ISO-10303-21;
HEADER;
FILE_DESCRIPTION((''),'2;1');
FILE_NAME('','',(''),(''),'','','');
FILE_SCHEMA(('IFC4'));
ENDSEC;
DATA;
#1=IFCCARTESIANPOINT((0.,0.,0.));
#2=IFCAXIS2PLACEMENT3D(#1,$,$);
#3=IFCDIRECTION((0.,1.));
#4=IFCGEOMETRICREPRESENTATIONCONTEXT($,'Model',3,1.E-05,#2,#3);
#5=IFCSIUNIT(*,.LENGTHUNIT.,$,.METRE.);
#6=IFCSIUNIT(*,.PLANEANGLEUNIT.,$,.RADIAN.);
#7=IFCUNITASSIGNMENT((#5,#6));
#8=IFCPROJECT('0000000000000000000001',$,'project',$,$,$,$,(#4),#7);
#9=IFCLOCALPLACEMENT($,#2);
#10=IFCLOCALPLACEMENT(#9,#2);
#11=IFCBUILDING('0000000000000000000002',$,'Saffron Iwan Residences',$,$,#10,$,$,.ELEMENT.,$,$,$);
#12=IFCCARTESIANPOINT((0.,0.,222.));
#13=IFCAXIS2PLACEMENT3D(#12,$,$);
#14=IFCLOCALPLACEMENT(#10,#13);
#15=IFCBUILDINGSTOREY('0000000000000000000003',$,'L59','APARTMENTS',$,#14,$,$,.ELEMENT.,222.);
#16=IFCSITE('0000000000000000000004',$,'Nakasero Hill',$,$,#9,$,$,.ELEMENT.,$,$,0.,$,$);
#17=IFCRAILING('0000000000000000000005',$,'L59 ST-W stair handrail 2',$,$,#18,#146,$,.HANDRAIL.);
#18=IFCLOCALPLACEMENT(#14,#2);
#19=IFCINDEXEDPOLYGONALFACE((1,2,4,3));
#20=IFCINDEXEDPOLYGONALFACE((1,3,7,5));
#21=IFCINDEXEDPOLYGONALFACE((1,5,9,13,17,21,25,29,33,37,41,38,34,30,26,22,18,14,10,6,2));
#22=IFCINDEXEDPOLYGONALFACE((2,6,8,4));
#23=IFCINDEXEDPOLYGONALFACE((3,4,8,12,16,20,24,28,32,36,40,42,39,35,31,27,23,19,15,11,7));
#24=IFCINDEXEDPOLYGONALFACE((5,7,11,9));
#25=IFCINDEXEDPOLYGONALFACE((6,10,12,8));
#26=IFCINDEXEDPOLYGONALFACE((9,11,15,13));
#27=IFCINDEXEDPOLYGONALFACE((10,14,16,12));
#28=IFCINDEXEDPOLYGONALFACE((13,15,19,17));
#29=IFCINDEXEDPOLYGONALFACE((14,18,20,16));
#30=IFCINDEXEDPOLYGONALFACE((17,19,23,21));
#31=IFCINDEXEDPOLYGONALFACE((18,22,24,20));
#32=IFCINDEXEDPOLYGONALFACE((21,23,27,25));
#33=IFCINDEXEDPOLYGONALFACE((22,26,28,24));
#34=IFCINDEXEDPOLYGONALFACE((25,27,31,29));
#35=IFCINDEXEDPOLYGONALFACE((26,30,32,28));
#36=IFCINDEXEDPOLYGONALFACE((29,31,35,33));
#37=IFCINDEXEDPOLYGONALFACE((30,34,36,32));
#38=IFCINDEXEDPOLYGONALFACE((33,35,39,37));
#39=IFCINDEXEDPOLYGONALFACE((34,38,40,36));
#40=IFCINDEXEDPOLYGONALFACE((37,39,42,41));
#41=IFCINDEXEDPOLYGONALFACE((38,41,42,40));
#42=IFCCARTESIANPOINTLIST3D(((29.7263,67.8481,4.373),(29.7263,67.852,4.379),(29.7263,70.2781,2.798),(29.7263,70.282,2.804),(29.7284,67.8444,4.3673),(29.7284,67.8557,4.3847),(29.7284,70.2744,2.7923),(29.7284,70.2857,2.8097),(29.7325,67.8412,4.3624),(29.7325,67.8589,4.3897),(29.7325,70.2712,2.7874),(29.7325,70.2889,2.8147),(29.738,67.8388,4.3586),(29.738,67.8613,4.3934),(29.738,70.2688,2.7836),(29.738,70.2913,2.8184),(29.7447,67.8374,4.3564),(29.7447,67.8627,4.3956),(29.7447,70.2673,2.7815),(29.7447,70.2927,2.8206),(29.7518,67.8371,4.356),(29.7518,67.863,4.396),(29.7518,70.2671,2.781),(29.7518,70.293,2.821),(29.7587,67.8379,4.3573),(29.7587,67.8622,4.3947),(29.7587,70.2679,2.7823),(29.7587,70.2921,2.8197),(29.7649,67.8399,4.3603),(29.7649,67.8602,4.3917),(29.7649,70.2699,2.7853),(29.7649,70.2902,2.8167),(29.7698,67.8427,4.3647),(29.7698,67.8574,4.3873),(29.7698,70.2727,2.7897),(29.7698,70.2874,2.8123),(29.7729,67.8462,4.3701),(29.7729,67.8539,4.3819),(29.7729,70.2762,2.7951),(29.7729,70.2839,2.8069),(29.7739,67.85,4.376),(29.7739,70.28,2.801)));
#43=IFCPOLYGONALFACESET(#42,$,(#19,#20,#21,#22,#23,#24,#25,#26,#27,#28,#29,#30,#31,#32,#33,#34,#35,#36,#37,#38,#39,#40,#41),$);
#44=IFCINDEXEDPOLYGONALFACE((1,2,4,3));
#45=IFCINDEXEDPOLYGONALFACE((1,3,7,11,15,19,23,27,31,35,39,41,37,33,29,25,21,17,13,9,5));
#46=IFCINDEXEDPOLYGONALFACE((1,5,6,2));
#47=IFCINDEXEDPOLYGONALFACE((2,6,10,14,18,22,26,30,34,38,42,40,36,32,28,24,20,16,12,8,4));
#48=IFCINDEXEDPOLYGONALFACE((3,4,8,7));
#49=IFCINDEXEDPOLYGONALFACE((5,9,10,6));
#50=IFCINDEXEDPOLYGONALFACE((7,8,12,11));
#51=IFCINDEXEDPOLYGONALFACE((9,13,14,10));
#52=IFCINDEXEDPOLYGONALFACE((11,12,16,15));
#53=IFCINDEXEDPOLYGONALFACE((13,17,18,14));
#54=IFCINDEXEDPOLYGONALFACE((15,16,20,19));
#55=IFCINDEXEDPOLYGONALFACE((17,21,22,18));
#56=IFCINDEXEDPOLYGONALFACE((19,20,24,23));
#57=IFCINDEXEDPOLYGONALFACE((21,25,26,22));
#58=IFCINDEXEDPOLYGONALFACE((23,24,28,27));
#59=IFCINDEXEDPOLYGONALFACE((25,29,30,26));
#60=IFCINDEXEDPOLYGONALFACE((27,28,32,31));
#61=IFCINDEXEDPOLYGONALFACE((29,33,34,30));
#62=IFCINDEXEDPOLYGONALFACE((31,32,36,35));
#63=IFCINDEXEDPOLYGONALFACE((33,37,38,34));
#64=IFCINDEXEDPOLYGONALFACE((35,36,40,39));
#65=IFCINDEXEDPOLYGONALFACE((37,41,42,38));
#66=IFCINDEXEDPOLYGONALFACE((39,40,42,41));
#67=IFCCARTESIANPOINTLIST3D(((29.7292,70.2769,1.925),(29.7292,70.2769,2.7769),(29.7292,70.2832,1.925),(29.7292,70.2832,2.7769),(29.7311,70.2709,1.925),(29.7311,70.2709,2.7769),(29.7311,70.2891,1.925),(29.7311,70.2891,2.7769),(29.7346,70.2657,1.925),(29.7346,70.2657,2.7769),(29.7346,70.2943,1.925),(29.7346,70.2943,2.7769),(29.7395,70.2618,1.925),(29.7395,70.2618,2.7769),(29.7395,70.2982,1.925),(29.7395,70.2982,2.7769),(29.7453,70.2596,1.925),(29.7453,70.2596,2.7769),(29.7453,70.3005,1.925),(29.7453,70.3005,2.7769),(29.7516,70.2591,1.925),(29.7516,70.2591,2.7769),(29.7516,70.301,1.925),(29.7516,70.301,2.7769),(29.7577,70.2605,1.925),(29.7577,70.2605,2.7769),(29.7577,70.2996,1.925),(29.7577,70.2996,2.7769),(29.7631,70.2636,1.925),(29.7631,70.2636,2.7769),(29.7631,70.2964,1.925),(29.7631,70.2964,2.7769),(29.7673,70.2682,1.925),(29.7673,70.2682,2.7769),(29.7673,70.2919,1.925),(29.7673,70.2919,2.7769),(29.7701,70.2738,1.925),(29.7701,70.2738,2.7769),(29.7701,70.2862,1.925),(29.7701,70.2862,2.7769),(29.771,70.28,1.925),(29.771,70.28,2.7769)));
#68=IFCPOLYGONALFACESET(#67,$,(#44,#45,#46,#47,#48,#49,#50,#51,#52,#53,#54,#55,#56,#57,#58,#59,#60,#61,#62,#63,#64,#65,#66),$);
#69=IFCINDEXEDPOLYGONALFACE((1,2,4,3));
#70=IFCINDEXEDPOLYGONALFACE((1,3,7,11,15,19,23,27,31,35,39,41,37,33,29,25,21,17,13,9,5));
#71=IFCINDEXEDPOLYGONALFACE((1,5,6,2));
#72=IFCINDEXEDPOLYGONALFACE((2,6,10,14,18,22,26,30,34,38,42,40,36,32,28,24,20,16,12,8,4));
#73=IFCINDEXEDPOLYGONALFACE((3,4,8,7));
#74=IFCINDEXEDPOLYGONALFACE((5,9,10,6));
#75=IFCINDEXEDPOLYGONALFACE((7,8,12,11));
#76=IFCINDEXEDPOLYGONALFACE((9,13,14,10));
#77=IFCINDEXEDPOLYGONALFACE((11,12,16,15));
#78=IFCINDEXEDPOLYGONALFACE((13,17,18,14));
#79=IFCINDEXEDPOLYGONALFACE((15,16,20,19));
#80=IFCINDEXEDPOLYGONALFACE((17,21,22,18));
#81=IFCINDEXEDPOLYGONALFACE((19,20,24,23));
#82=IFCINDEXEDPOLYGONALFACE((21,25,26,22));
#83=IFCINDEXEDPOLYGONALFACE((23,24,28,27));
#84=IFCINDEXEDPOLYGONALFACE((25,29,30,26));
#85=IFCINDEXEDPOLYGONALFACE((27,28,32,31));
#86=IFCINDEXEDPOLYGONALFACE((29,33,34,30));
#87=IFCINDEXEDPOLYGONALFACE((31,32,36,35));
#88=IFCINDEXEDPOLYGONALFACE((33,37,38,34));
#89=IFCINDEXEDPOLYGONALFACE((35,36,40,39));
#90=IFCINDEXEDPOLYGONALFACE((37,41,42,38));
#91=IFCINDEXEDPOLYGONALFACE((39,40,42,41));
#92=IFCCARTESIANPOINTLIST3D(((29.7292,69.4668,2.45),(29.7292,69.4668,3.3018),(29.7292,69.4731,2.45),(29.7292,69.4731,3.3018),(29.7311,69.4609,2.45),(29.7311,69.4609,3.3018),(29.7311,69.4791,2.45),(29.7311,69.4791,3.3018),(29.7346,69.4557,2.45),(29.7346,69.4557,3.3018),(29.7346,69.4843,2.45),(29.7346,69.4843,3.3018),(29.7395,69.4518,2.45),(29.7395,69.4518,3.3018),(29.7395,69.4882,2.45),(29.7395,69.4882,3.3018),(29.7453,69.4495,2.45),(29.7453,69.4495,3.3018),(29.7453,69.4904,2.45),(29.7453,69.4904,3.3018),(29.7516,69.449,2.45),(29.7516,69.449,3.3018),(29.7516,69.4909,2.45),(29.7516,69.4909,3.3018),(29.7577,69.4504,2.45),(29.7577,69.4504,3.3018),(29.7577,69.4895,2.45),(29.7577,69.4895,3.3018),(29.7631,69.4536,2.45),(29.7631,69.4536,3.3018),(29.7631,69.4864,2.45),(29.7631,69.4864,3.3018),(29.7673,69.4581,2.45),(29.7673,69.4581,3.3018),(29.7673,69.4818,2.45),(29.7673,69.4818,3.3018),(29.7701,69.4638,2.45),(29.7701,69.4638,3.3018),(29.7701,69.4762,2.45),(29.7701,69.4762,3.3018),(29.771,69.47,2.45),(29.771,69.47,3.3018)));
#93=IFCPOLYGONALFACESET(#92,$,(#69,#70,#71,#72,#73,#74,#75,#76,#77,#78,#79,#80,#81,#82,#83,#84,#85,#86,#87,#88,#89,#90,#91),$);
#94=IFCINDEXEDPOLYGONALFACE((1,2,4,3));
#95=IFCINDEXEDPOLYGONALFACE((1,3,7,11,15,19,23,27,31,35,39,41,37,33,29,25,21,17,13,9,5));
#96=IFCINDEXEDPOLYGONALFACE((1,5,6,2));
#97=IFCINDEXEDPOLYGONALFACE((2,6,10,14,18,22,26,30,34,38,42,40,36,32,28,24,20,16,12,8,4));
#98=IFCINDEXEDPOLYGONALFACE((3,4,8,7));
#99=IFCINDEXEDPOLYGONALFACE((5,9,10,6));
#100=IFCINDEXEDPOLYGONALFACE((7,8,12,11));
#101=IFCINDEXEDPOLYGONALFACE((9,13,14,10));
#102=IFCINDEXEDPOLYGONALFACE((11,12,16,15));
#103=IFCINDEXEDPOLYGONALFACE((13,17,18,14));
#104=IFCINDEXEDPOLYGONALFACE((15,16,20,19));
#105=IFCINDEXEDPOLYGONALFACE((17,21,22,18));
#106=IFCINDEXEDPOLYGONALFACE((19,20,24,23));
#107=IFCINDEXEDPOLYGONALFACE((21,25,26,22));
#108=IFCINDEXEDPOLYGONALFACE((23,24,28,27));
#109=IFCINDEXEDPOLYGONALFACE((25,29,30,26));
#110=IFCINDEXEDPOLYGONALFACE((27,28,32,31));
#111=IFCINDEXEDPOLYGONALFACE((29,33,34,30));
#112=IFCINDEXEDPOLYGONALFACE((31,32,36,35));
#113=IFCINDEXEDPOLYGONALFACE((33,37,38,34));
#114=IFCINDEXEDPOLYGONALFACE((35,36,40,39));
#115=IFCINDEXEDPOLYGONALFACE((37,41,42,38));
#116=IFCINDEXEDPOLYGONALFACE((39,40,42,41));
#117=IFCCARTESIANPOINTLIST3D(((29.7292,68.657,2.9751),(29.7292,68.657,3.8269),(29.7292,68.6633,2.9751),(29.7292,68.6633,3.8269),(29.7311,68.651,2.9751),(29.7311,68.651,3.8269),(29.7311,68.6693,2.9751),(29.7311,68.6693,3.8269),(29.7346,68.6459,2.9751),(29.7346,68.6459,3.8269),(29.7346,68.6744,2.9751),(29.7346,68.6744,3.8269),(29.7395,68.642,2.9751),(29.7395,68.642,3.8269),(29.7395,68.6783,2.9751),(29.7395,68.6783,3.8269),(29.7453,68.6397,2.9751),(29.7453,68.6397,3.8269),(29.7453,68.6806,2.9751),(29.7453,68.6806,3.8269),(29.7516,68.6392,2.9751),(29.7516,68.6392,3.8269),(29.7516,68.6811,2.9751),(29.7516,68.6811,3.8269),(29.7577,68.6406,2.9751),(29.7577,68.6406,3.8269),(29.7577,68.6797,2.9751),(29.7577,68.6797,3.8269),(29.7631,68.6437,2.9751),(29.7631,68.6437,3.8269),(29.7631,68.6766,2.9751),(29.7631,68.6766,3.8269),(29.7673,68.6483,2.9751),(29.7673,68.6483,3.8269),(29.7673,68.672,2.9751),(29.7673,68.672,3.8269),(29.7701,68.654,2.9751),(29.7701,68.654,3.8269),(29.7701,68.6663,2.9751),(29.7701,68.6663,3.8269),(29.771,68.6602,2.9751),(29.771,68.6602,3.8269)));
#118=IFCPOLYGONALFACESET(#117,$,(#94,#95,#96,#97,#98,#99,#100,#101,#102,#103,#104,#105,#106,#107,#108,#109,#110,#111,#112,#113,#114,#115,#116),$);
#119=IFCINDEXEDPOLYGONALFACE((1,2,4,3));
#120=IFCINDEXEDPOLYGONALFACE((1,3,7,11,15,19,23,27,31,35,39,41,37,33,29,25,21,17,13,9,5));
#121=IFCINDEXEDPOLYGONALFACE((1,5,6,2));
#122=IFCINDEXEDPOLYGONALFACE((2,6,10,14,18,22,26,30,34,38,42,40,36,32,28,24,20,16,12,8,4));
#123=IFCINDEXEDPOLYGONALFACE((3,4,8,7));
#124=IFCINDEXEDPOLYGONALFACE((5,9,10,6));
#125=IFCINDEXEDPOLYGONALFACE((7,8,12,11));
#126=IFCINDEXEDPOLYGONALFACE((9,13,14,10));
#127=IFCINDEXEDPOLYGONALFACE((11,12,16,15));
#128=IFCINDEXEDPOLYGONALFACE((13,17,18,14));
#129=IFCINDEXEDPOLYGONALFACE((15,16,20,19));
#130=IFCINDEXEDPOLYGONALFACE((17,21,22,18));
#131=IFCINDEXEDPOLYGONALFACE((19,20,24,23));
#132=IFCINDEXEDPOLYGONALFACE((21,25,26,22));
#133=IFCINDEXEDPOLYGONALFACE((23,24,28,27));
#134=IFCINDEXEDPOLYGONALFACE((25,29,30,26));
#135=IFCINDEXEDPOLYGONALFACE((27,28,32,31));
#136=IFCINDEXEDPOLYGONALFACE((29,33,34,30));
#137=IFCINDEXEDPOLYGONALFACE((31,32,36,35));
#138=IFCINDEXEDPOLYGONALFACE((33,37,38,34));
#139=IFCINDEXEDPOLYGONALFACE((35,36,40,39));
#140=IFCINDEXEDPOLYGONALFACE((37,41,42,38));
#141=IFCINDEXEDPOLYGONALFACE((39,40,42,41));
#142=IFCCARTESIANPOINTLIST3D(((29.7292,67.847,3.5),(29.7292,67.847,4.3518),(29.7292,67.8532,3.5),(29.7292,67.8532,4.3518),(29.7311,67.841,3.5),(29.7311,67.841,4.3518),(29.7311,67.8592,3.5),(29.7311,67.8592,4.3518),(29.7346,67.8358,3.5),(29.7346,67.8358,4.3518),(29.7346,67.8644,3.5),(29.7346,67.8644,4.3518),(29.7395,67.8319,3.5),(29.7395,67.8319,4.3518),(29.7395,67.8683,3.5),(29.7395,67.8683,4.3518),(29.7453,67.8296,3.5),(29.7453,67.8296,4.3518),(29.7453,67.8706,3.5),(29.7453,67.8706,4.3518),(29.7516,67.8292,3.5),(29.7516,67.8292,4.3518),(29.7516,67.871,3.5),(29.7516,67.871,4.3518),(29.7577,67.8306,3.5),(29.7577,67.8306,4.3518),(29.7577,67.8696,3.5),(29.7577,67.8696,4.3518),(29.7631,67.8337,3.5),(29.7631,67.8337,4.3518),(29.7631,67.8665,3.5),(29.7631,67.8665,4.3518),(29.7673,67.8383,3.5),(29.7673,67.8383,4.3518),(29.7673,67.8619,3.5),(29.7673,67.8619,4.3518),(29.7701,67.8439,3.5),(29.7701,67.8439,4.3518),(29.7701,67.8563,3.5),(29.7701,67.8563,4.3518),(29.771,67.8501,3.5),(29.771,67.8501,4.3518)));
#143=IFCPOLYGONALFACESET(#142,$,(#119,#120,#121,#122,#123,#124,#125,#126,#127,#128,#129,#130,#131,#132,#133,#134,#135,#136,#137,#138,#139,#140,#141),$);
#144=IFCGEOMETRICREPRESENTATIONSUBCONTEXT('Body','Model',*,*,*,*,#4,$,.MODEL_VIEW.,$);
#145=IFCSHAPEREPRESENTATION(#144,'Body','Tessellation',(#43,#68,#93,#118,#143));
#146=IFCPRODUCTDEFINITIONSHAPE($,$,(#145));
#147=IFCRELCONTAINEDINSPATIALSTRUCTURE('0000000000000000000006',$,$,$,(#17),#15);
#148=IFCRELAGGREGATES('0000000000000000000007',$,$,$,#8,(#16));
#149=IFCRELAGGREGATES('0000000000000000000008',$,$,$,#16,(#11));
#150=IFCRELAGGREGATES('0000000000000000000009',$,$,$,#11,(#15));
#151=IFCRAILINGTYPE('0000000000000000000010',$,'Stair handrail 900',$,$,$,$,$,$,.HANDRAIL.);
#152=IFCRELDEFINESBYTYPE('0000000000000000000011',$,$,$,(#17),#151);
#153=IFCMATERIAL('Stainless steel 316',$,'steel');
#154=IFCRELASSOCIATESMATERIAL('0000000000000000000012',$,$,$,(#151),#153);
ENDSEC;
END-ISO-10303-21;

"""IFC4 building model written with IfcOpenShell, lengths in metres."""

from ifc_helpers import new_model, si_unit, direction, frame, origin, origin_2d, place, context, subcontext, project, spatial, circle, extrude, material, type_object, element, save


model = new_model("IFC4")

# Units and contexts
model_context = context("Model", 3, precision=1e-05, world=origin(), true_north=direction((0.0, 1.0)))
body_context = subcontext(model_context, "Body", "Model", "MODEL_VIEW")
ifc_project = project(units=[si_unit("LENGTHUNIT", "METRE"), si_unit("PLANEANGLEUNIT", "RADIAN")], contexts=[model_context])

# Site, building, storey
site_placement = place(None, origin())
site = spatial("IfcSite", under=ifc_project, at=site_placement, Name="Nakasero Hill", CompositionType="ELEMENT", RefElevation=0.0)
building_placement = place(site_placement, origin())
building = spatial("IfcBuilding", under=site, at=building_placement, Name="Saffron Iwan Residences", CompositionType="ELEMENT")
storey_placement = place(building_placement, frame((0.0, 0.0, 222.0)))
storey = spatial("IfcBuildingStorey", under=building, at=storey_placement, Name="L59", Description="APARTMENTS", CompositionType="ELEMENT", Elevation=222.0)

# Railing
ifc_material_1 = material(Name="Stainless steel 316", Category="steel")
railing_type = type_object("IfcRailingType", Name="Stair handrail 900", PredefinedType="HANDRAIL", material=ifc_material_1)
railing_1_placement = place(storey_placement, frame((29.75, 70.28, 1.925)))
element("IfcRailing", 1, at=railing_1_placement, inside=storey, type_object=railing_type, Name="L59 ST-W stair handrail 2", PredefinedType="HANDRAIL", context=body_context, shape_type="SweptSolid", body=[
    extrude(circle(Radius=0.0239, at=origin_2d()), frame((0.0, 0.0, 0.876), z_axis=(0.0, -0.839154, 0.543894), x_axis=(1.0, 0.0, 0.0)), (0.0, 0.0, 1.0), 2.8958),
    extrude(circle(Radius=0.021, at=origin_2d()), origin(), (0.0, 0.0, 1.0), 0.8518),
    extrude(circle(Radius=0.021, at=origin_2d()), frame((0.0, -0.8101, 0.5249)), (0.0, 0.0, 1.0), 0.8518),
    extrude(circle(Radius=0.021, at=origin_2d()), frame((0.0, -1.6199, 1.05)), (0.0, 0.0, 1.0), 0.8518),
    extrude(circle(Radius=0.021, at=origin_2d()), frame((0.0, -2.4299, 1.575)), (0.0, 0.0, 1.0), 0.8518),
])

save(model, "model.ifc")
